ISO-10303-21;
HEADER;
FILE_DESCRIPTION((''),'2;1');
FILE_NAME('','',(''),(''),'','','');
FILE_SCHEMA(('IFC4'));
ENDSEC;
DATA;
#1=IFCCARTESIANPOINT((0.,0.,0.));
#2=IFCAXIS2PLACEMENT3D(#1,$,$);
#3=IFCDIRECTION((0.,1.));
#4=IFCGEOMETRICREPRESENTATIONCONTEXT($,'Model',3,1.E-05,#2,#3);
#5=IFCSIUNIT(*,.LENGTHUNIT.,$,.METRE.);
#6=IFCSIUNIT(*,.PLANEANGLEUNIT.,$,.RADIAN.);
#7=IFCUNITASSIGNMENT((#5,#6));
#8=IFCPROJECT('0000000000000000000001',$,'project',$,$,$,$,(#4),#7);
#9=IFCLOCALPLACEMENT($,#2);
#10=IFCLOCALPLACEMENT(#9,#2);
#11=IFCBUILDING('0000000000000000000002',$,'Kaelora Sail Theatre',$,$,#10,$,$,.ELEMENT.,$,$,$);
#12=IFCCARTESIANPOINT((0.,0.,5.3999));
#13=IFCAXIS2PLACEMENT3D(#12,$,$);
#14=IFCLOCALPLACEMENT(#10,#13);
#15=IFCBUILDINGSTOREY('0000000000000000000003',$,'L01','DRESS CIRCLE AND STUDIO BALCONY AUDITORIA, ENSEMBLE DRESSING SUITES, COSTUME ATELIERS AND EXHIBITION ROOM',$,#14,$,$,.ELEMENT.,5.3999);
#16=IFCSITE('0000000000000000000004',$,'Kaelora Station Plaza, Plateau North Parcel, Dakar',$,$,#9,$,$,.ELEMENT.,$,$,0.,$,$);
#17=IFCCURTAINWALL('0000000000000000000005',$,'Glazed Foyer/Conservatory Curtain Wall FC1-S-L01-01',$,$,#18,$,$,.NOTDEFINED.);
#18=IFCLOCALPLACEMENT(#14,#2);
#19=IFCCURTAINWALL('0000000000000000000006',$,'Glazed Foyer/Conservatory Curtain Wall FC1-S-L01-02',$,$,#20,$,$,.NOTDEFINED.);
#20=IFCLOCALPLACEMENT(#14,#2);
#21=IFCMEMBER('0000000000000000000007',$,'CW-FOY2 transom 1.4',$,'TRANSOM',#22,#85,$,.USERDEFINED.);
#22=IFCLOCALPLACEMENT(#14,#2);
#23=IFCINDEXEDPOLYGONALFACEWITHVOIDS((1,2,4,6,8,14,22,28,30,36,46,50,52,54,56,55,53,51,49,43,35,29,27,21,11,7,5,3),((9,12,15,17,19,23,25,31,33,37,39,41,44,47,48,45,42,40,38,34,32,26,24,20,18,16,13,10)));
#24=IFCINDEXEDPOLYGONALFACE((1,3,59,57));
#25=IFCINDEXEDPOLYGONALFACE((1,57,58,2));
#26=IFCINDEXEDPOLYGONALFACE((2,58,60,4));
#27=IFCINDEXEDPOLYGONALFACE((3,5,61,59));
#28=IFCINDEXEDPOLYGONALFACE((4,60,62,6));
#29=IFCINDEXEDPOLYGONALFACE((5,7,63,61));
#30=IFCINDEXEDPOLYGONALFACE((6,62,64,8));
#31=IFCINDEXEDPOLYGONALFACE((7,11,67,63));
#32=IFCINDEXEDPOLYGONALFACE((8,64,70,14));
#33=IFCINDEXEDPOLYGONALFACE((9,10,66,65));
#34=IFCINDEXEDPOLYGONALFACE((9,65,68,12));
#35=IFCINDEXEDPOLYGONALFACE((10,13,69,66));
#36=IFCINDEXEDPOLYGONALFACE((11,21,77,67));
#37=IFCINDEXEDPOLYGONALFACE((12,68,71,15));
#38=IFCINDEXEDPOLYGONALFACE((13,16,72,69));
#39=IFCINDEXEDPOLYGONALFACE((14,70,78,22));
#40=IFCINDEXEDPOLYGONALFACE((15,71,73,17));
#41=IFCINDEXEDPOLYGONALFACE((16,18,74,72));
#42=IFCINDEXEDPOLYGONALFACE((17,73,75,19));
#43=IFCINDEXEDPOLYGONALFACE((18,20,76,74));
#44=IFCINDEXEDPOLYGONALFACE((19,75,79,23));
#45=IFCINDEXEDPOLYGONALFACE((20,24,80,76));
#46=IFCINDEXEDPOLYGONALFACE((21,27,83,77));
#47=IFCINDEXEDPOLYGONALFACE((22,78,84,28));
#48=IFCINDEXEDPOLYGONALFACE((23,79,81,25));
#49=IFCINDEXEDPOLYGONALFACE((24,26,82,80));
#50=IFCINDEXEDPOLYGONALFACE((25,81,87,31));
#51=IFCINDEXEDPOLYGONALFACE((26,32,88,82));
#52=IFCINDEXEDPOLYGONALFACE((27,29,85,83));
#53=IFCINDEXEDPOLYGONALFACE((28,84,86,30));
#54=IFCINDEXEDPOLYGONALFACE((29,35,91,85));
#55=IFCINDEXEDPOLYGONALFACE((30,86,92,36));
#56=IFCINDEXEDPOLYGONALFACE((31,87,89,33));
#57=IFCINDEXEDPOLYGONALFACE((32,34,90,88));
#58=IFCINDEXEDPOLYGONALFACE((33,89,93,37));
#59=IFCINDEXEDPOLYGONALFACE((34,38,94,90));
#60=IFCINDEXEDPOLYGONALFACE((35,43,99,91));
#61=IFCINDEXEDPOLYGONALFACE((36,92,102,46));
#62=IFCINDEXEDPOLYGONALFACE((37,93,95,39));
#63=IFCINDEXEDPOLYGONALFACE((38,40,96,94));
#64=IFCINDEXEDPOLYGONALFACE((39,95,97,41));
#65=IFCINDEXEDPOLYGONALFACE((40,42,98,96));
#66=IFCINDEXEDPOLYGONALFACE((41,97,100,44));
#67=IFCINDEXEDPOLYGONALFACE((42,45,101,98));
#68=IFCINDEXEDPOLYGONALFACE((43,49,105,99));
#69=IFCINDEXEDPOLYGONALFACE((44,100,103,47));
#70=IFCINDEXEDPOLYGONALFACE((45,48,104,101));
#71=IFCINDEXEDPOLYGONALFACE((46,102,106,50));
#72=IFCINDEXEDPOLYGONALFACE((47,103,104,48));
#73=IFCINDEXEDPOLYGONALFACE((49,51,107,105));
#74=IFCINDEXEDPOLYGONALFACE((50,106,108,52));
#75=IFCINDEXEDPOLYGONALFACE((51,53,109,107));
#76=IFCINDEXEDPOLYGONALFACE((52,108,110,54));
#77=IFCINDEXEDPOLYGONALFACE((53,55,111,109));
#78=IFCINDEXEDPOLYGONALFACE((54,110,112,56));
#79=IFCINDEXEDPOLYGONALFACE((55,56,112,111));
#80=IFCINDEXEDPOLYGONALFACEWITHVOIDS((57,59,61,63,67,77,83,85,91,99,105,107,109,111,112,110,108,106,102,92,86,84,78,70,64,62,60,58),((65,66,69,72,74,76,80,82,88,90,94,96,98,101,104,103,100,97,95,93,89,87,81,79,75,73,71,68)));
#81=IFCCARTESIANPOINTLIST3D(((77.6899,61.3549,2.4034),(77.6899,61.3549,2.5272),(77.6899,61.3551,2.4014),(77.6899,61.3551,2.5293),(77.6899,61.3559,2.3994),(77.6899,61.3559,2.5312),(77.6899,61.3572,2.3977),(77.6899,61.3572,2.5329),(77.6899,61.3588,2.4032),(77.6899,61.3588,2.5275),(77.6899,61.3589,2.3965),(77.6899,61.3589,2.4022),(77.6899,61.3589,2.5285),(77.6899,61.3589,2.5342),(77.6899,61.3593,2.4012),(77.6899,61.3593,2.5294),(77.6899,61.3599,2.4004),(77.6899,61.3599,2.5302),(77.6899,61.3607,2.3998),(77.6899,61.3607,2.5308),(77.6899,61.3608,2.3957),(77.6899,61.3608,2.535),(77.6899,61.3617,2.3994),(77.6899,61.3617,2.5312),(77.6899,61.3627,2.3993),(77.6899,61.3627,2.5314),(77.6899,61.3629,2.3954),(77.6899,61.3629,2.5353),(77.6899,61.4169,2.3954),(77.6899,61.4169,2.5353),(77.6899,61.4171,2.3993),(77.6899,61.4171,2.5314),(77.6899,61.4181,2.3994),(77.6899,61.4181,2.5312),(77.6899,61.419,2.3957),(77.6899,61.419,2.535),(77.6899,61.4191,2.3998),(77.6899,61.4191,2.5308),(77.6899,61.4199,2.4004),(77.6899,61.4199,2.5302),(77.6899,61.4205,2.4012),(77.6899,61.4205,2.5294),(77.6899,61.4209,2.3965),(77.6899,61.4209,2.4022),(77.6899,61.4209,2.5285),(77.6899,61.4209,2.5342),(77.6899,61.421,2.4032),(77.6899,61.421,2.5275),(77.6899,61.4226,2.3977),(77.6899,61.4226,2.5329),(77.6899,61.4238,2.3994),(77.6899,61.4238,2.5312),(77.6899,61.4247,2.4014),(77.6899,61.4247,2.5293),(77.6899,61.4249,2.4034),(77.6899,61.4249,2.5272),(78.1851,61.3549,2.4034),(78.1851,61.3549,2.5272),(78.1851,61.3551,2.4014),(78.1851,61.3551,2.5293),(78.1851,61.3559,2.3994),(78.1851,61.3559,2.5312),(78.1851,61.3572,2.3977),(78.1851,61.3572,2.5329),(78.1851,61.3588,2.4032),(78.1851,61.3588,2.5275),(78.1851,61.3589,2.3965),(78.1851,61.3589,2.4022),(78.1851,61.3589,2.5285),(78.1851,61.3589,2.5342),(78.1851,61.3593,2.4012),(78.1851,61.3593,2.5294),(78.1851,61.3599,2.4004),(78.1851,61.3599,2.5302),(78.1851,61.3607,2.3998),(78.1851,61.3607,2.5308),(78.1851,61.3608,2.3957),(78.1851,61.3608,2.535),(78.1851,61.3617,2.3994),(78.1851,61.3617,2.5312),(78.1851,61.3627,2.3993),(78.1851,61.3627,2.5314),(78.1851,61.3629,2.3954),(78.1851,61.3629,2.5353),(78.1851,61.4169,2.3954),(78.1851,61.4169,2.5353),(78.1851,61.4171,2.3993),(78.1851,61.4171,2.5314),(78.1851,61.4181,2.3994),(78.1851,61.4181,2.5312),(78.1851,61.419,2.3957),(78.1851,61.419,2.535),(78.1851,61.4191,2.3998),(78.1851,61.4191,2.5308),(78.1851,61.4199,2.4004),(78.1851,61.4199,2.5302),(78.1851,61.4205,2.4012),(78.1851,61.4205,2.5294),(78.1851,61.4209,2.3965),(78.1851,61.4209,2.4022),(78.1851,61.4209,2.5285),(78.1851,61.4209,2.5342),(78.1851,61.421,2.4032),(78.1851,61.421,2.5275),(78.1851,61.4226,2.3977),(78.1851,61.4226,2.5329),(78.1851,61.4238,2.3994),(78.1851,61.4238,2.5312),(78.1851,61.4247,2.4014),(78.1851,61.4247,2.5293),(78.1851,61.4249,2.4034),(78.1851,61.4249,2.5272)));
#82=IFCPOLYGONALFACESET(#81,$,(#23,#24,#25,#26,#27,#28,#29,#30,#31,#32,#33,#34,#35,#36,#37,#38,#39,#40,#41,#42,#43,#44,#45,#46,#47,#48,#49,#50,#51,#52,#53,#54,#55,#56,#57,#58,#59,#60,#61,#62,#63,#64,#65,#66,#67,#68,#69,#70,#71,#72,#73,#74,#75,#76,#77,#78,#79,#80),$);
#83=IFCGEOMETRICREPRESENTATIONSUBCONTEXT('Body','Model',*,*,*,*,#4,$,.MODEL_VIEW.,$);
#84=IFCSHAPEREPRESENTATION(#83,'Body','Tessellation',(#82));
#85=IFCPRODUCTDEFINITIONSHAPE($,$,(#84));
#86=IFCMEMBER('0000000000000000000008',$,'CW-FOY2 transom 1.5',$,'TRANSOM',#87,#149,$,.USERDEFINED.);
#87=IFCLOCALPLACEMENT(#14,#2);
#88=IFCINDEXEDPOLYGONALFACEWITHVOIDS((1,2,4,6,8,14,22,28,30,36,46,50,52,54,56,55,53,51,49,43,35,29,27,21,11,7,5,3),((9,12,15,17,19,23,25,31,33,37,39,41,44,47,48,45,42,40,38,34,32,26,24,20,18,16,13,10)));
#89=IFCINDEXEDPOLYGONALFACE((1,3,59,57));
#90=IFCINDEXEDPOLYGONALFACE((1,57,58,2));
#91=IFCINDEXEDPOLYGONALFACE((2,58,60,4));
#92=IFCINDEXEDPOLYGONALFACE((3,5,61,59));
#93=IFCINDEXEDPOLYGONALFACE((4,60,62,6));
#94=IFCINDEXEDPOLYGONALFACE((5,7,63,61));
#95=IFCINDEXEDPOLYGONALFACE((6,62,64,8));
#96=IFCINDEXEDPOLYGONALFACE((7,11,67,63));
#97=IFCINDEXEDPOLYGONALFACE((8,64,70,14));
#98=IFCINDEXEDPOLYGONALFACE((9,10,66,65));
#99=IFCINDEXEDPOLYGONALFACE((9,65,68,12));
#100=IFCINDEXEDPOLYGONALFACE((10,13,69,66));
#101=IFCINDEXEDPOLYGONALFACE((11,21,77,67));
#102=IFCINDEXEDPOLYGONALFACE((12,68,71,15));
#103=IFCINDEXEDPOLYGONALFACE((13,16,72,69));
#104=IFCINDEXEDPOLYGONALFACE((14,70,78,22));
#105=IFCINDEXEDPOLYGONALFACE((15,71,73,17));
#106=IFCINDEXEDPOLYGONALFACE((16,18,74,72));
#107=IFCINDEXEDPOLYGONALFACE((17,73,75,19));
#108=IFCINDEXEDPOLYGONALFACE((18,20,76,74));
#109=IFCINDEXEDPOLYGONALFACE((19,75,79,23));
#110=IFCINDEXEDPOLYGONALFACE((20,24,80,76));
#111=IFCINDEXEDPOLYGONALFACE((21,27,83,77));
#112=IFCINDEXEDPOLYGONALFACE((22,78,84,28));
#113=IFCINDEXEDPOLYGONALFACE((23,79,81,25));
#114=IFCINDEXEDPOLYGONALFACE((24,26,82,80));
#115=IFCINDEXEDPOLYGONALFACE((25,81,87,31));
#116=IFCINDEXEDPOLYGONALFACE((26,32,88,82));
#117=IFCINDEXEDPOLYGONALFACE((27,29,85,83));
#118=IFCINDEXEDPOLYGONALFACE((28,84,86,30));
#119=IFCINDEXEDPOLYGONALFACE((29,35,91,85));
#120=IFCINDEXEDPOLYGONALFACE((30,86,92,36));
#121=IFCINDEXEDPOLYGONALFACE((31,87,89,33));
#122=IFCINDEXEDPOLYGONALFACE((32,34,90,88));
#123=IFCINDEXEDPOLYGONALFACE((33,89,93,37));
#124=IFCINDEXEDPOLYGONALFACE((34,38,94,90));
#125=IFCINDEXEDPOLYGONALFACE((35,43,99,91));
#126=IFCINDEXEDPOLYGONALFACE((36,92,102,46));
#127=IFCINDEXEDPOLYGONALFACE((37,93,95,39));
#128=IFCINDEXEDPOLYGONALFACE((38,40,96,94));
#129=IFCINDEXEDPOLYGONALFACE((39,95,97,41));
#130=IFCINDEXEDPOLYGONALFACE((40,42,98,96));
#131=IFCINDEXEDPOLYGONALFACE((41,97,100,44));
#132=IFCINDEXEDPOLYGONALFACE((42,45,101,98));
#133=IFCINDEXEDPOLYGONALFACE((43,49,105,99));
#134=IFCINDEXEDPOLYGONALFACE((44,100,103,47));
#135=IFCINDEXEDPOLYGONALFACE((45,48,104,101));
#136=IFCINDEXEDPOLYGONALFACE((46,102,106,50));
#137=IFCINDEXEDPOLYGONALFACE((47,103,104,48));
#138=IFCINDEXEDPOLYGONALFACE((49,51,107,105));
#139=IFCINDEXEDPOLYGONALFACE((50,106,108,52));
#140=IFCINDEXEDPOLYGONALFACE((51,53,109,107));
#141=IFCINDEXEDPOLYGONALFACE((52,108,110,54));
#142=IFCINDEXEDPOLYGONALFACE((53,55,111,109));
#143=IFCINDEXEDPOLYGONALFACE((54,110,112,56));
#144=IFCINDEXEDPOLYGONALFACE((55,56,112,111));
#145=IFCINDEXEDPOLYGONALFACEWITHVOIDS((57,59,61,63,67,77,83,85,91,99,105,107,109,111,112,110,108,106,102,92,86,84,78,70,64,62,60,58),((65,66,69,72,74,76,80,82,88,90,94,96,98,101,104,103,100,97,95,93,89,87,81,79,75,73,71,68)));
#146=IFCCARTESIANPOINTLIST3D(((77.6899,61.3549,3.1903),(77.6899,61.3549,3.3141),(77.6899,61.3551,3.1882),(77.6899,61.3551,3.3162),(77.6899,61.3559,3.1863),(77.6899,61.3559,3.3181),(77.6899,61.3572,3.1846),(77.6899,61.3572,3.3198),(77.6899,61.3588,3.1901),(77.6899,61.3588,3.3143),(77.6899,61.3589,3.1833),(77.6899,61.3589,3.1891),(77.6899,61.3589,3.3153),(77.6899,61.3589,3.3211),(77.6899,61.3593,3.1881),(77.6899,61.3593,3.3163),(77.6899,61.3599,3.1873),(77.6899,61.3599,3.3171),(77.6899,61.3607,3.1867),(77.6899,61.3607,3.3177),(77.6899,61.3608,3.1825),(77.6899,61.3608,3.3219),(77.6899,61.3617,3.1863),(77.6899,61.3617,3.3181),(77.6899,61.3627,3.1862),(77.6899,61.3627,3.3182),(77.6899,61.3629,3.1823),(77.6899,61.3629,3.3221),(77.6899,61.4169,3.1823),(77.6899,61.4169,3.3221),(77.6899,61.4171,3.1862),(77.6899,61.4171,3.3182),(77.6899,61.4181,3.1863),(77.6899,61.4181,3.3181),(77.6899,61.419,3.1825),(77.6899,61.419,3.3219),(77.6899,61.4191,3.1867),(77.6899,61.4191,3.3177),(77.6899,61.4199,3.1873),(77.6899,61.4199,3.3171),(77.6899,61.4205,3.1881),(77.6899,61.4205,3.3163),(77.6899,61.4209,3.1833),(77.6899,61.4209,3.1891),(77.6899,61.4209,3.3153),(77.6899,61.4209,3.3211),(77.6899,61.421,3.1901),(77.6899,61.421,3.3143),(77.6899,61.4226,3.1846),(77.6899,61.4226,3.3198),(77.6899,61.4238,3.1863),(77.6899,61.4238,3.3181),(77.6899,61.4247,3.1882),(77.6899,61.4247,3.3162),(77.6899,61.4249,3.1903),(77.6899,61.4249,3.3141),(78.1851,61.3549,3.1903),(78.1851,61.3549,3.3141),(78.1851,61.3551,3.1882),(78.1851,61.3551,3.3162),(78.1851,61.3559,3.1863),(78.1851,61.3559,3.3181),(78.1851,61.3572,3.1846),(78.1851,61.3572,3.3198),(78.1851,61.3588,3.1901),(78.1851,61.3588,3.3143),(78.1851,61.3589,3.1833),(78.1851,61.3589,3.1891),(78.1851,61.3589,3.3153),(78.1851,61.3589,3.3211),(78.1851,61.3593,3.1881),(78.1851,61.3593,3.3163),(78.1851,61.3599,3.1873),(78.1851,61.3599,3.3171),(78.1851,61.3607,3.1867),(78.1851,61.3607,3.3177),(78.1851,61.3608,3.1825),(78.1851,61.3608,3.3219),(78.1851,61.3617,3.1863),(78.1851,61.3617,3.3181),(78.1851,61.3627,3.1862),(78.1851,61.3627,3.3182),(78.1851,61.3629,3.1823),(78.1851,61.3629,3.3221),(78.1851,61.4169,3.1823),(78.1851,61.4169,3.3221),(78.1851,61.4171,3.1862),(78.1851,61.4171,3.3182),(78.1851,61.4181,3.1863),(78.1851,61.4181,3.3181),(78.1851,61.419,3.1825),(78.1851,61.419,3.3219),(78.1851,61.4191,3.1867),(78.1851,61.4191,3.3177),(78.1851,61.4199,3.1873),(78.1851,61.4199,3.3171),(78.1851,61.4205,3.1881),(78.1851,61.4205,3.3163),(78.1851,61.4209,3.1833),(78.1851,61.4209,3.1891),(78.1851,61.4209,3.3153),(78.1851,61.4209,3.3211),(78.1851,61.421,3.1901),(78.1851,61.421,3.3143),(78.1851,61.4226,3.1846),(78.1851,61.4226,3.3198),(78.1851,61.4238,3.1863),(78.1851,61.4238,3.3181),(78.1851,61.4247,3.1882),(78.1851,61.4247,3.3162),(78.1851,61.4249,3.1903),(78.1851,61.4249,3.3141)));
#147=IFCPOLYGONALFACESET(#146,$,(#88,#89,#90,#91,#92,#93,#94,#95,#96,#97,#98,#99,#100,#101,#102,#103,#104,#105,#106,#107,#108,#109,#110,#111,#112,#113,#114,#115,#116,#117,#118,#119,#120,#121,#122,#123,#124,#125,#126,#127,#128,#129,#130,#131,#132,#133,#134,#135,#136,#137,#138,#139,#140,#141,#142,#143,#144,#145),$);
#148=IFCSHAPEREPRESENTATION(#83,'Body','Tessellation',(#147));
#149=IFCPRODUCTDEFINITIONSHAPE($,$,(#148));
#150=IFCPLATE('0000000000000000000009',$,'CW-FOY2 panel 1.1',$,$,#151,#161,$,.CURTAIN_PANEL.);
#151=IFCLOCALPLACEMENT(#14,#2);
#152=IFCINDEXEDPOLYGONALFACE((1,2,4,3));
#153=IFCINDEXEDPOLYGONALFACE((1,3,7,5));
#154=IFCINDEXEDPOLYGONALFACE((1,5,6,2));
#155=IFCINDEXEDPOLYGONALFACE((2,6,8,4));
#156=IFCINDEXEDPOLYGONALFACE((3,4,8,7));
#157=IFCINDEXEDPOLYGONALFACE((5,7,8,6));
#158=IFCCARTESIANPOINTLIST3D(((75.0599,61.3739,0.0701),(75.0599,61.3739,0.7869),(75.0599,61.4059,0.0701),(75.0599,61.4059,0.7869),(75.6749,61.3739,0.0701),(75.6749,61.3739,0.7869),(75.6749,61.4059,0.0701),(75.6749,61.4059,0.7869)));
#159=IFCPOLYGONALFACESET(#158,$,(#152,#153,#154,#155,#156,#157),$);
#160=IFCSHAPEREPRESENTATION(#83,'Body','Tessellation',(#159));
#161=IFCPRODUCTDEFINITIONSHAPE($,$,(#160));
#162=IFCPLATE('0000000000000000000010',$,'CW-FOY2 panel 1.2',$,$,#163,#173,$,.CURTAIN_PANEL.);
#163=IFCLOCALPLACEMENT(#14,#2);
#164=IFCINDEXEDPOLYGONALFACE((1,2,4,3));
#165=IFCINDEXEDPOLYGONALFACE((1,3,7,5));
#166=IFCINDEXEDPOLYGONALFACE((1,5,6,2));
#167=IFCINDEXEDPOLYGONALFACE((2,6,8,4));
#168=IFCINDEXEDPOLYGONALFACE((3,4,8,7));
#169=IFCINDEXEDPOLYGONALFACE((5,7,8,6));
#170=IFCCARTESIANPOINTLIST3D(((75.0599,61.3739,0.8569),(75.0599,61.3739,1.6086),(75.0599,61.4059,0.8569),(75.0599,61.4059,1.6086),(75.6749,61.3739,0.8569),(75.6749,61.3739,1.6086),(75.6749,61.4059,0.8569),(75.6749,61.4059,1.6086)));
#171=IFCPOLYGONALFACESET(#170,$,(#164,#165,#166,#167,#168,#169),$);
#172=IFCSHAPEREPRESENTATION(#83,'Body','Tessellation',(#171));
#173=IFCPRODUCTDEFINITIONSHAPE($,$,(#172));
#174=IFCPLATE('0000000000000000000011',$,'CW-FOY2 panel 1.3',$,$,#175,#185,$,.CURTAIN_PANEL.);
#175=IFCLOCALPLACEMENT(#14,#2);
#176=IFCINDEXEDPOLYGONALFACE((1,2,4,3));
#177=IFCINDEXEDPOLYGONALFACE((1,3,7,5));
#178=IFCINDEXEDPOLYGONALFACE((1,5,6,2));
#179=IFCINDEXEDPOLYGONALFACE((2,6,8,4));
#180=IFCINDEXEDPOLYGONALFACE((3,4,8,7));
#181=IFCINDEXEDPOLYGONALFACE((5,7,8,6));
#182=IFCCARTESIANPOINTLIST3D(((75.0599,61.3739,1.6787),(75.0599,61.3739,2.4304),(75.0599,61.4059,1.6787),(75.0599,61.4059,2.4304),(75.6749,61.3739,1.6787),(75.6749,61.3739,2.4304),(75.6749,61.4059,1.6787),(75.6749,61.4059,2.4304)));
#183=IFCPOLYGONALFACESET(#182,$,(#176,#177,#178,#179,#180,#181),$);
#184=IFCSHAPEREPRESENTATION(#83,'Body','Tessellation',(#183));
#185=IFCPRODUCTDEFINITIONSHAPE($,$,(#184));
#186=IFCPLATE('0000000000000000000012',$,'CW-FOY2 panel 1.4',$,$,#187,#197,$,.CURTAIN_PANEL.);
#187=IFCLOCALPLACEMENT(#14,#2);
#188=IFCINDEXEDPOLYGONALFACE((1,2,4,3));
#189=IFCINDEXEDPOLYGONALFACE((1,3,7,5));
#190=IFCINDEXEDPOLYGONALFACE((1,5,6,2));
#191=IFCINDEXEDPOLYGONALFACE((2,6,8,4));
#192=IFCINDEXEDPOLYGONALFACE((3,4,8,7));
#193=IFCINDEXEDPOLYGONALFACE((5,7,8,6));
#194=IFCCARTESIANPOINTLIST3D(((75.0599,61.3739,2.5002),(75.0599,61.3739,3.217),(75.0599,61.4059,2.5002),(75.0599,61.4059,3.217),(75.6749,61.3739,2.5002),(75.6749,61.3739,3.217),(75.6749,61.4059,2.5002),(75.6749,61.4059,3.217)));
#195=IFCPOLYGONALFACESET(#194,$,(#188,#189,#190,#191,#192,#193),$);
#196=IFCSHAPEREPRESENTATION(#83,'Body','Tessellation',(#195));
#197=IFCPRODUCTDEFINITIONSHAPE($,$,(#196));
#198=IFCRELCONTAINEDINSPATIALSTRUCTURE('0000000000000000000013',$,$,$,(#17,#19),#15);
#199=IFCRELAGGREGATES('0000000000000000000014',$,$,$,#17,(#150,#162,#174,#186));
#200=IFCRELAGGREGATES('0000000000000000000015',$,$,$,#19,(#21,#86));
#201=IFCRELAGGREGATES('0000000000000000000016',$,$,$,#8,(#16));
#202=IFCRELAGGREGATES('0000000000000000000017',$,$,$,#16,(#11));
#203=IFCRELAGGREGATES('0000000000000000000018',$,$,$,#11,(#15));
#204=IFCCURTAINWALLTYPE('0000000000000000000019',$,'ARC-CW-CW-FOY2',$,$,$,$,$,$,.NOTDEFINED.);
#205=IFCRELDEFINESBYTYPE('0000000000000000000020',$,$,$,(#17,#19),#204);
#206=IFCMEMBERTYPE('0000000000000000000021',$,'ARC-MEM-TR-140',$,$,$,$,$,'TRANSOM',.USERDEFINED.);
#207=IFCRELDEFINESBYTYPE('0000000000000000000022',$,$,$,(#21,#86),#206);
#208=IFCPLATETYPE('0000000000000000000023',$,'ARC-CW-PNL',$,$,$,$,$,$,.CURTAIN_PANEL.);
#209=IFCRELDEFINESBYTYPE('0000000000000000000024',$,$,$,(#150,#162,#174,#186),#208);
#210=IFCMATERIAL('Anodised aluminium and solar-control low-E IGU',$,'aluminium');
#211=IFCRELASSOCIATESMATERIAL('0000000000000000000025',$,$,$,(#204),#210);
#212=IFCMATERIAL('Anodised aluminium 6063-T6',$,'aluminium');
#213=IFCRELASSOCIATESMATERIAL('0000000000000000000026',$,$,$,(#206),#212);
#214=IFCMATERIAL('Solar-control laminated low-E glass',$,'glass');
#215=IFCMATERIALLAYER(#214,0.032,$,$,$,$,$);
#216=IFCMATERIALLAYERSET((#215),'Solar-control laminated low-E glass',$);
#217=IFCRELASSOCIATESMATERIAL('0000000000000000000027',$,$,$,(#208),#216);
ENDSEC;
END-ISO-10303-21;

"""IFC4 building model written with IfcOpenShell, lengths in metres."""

from ifc_helpers import new_model, si_unit, direction, frame, origin, origin_2d, place, context, subcontext, project, spatial, rectangle, hollow_rectangle, extrude, material, layer, layer_set, material_profile, profile_set, type_object, element, aggregate, save


model = new_model("IFC4")

# Units and contexts
model_context = context("Model", 3, precision=1e-05, world=origin(), true_north=direction((0.0, 1.0)))
body_context = subcontext(model_context, "Body", "Model", "MODEL_VIEW")
ifc_project = project(units=[si_unit("LENGTHUNIT", "METRE"), si_unit("PLANEANGLEUNIT", "RADIAN")], contexts=[model_context])

# Site, building, storey
site_placement = place(None, origin())
site = spatial("IfcSite", under=ifc_project, at=site_placement, Name="Kaelora Station Plaza, Plateau North Parcel, Dakar", CompositionType="ELEMENT", RefElevation=0.0)
building_placement = place(site_placement, origin())
building = spatial("IfcBuilding", under=site, at=building_placement, Name="Kaelora Sail Theatre", CompositionType="ELEMENT")
storey_placement = place(building_placement, frame((0.0, 0.0, 5.3999)))
storey = spatial("IfcBuildingStorey", under=building, at=storey_placement, Name="L01", Description="DRESS CIRCLE AND STUDIO BALCONY AUDITORIA, ENSEMBLE DRESSING SUITES, COSTUME ATELIERS AND EXHIBITION ROOM", CompositionType="ELEMENT", Elevation=5.3999)

# Curtain wall
ifc_material_1 = material(Name="Anodised aluminium and solar-control low-E IGU", Category="aluminium")
curtain_wall_type = type_object("IfcCurtainWallType", Name="ARC-CW-CW-FOY2", PredefinedType="NOTDEFINED", material=ifc_material_1)
curtain_wall_1_placement = place(storey_placement, origin())
curtain_wall_1 = element("IfcCurtainWall", 1, at=curtain_wall_1_placement, inside=storey, type_object=curtain_wall_type, Name="Glazed Foyer/Conservatory Curtain Wall FC1-S-L01-01", PredefinedType="NOTDEFINED")

# Curtain wall
curtain_wall_2_placement = place(storey_placement, origin())
curtain_wall_2 = element("IfcCurtainWall", 2, at=curtain_wall_2_placement, inside=storey, type_object=curtain_wall_type, Name="Glazed Foyer/Conservatory Curtain Wall FC1-S-L01-02", PredefinedType="NOTDEFINED")

# Members
ifc_material_2 = material(Name="Anodised aluminium 6063-T6", Category="aluminium")
ifc_material_profile_1 = material_profile(ifc_material_2, hollow_rectangle(XDim=0.0701, YDim=0.1399, WallThickness=0.0039, InnerFilletRadius=0.0039, OuterFilletRadius=0.0081, at=origin_2d()), Name="ALU-TRAN 70x140x4")
ifc_profile_set_1 = profile_set([ifc_material_profile_1], Name="Anodised aluminium 6063-T6")
member_type_1 = type_object("IfcMemberType", Name="ARC-MEM-TR-140", ElementType="TRANSOM", PredefinedType="USERDEFINED", material=ifc_profile_set_1)
member_1_placement = place(storey_placement, frame((77.6899, 61.3899, 2.4653), z_axis=(1.0, 0.0, 0.0), x_axis=(0.0, 1.0, 0.0)))
member_1 = element("IfcMember", 3, at=member_1_placement, type_object=member_type_1, Name="CW-FOY2 transom 1.4", ObjectType="TRANSOM", PredefinedType="USERDEFINED", context=body_context, shape_type="SweptSolid", body=[
    extrude(hollow_rectangle(XDim=0.0701, YDim=0.1399, WallThickness=0.0039, InnerFilletRadius=0.0039, OuterFilletRadius=0.0081, at=origin_2d()), origin(), (0.0, 0.0, 1.0), 0.4951),
])
member_2_placement = place(storey_placement, frame((77.6899, 61.3899, 3.2522), z_axis=(1.0, 0.0, 0.0), x_axis=(0.0, 1.0, 0.0)))
member_2 = element("IfcMember", 4, at=member_2_placement, type_object=member_type_1, Name="CW-FOY2 transom 1.5", ObjectType="TRANSOM", PredefinedType="USERDEFINED", context=body_context, shape_type="SweptSolid", body=[
    extrude(hollow_rectangle(XDim=0.0701, YDim=0.1399, WallThickness=0.0039, InnerFilletRadius=0.0039, OuterFilletRadius=0.0081, at=origin_2d()), origin(), (0.0, 0.0, 1.0), 0.4951),
])

# Plates
ifc_material_3 = material(Name="Solar-control laminated low-E glass", Category="glass")
ifc_layer = layer(ifc_material_3, 0.032)
ifc_layer_set = layer_set([ifc_layer], Name="Solar-control laminated low-E glass")
plate_type = type_object("IfcPlateType", Name="ARC-CW-PNL", PredefinedType="CURTAIN_PANEL", material=ifc_layer_set)
plate_1_placement = place(storey_placement, frame((75.3674, 61.3899, 0.0701), z_axis=(0.0, 0.0, 1.0), x_axis=(1.0, 0.0, 0.0)))
plate_1 = element("IfcPlate", 5, at=plate_1_placement, type_object=plate_type, Name="CW-FOY2 panel 1.1", PredefinedType="CURTAIN_PANEL", context=body_context, shape_type="SweptSolid", body=[
    extrude(rectangle(XDim=0.615, YDim=0.032, at=origin_2d()), origin(), (0.0, 0.0, 1.0), 0.7168),
])
plate_2_placement = place(storey_placement, frame((75.3674, 61.3899, 0.8569), z_axis=(0.0, 0.0, 1.0), x_axis=(1.0, 0.0, 0.0)))
plate_2 = element("IfcPlate", 6, at=plate_2_placement, type_object=plate_type, Name="CW-FOY2 panel 1.2", PredefinedType="CURTAIN_PANEL", context=body_context, shape_type="SweptSolid", body=[
    extrude(rectangle(XDim=0.615, YDim=0.032, at=origin_2d()), origin(), (0.0, 0.0, 1.0), 0.7517),
])
plate_3_placement = place(storey_placement, frame((75.3674, 61.3899, 1.6787), z_axis=(0.0, 0.0, 1.0), x_axis=(1.0, 0.0, 0.0)))
plate_3 = element("IfcPlate", 7, at=plate_3_placement, type_object=plate_type, Name="CW-FOY2 panel 1.3", PredefinedType="CURTAIN_PANEL", context=body_context, shape_type="SweptSolid", body=[
    extrude(rectangle(XDim=0.615, YDim=0.032, at=origin_2d()), origin(), (0.0, 0.0, 1.0), 0.7517),
])
plate_4_placement = place(storey_placement, frame((75.3674, 61.3899, 2.5002), z_axis=(0.0, 0.0, 1.0), x_axis=(1.0, 0.0, 0.0)))
plate_4 = element("IfcPlate", 8, at=plate_4_placement, type_object=plate_type, Name="CW-FOY2 panel 1.4", PredefinedType="CURTAIN_PANEL", context=body_context, shape_type="SweptSolid", body=[
    extrude(rectangle(XDim=0.615, YDim=0.032, at=origin_2d()), origin(), (0.0, 0.0, 1.0), 0.7168),
])
aggregate(curtain_wall_1, [plate_1, plate_2, plate_3, plate_4])
aggregate(curtain_wall_2, [member_1, member_2])

save(model, "model.ifc")
